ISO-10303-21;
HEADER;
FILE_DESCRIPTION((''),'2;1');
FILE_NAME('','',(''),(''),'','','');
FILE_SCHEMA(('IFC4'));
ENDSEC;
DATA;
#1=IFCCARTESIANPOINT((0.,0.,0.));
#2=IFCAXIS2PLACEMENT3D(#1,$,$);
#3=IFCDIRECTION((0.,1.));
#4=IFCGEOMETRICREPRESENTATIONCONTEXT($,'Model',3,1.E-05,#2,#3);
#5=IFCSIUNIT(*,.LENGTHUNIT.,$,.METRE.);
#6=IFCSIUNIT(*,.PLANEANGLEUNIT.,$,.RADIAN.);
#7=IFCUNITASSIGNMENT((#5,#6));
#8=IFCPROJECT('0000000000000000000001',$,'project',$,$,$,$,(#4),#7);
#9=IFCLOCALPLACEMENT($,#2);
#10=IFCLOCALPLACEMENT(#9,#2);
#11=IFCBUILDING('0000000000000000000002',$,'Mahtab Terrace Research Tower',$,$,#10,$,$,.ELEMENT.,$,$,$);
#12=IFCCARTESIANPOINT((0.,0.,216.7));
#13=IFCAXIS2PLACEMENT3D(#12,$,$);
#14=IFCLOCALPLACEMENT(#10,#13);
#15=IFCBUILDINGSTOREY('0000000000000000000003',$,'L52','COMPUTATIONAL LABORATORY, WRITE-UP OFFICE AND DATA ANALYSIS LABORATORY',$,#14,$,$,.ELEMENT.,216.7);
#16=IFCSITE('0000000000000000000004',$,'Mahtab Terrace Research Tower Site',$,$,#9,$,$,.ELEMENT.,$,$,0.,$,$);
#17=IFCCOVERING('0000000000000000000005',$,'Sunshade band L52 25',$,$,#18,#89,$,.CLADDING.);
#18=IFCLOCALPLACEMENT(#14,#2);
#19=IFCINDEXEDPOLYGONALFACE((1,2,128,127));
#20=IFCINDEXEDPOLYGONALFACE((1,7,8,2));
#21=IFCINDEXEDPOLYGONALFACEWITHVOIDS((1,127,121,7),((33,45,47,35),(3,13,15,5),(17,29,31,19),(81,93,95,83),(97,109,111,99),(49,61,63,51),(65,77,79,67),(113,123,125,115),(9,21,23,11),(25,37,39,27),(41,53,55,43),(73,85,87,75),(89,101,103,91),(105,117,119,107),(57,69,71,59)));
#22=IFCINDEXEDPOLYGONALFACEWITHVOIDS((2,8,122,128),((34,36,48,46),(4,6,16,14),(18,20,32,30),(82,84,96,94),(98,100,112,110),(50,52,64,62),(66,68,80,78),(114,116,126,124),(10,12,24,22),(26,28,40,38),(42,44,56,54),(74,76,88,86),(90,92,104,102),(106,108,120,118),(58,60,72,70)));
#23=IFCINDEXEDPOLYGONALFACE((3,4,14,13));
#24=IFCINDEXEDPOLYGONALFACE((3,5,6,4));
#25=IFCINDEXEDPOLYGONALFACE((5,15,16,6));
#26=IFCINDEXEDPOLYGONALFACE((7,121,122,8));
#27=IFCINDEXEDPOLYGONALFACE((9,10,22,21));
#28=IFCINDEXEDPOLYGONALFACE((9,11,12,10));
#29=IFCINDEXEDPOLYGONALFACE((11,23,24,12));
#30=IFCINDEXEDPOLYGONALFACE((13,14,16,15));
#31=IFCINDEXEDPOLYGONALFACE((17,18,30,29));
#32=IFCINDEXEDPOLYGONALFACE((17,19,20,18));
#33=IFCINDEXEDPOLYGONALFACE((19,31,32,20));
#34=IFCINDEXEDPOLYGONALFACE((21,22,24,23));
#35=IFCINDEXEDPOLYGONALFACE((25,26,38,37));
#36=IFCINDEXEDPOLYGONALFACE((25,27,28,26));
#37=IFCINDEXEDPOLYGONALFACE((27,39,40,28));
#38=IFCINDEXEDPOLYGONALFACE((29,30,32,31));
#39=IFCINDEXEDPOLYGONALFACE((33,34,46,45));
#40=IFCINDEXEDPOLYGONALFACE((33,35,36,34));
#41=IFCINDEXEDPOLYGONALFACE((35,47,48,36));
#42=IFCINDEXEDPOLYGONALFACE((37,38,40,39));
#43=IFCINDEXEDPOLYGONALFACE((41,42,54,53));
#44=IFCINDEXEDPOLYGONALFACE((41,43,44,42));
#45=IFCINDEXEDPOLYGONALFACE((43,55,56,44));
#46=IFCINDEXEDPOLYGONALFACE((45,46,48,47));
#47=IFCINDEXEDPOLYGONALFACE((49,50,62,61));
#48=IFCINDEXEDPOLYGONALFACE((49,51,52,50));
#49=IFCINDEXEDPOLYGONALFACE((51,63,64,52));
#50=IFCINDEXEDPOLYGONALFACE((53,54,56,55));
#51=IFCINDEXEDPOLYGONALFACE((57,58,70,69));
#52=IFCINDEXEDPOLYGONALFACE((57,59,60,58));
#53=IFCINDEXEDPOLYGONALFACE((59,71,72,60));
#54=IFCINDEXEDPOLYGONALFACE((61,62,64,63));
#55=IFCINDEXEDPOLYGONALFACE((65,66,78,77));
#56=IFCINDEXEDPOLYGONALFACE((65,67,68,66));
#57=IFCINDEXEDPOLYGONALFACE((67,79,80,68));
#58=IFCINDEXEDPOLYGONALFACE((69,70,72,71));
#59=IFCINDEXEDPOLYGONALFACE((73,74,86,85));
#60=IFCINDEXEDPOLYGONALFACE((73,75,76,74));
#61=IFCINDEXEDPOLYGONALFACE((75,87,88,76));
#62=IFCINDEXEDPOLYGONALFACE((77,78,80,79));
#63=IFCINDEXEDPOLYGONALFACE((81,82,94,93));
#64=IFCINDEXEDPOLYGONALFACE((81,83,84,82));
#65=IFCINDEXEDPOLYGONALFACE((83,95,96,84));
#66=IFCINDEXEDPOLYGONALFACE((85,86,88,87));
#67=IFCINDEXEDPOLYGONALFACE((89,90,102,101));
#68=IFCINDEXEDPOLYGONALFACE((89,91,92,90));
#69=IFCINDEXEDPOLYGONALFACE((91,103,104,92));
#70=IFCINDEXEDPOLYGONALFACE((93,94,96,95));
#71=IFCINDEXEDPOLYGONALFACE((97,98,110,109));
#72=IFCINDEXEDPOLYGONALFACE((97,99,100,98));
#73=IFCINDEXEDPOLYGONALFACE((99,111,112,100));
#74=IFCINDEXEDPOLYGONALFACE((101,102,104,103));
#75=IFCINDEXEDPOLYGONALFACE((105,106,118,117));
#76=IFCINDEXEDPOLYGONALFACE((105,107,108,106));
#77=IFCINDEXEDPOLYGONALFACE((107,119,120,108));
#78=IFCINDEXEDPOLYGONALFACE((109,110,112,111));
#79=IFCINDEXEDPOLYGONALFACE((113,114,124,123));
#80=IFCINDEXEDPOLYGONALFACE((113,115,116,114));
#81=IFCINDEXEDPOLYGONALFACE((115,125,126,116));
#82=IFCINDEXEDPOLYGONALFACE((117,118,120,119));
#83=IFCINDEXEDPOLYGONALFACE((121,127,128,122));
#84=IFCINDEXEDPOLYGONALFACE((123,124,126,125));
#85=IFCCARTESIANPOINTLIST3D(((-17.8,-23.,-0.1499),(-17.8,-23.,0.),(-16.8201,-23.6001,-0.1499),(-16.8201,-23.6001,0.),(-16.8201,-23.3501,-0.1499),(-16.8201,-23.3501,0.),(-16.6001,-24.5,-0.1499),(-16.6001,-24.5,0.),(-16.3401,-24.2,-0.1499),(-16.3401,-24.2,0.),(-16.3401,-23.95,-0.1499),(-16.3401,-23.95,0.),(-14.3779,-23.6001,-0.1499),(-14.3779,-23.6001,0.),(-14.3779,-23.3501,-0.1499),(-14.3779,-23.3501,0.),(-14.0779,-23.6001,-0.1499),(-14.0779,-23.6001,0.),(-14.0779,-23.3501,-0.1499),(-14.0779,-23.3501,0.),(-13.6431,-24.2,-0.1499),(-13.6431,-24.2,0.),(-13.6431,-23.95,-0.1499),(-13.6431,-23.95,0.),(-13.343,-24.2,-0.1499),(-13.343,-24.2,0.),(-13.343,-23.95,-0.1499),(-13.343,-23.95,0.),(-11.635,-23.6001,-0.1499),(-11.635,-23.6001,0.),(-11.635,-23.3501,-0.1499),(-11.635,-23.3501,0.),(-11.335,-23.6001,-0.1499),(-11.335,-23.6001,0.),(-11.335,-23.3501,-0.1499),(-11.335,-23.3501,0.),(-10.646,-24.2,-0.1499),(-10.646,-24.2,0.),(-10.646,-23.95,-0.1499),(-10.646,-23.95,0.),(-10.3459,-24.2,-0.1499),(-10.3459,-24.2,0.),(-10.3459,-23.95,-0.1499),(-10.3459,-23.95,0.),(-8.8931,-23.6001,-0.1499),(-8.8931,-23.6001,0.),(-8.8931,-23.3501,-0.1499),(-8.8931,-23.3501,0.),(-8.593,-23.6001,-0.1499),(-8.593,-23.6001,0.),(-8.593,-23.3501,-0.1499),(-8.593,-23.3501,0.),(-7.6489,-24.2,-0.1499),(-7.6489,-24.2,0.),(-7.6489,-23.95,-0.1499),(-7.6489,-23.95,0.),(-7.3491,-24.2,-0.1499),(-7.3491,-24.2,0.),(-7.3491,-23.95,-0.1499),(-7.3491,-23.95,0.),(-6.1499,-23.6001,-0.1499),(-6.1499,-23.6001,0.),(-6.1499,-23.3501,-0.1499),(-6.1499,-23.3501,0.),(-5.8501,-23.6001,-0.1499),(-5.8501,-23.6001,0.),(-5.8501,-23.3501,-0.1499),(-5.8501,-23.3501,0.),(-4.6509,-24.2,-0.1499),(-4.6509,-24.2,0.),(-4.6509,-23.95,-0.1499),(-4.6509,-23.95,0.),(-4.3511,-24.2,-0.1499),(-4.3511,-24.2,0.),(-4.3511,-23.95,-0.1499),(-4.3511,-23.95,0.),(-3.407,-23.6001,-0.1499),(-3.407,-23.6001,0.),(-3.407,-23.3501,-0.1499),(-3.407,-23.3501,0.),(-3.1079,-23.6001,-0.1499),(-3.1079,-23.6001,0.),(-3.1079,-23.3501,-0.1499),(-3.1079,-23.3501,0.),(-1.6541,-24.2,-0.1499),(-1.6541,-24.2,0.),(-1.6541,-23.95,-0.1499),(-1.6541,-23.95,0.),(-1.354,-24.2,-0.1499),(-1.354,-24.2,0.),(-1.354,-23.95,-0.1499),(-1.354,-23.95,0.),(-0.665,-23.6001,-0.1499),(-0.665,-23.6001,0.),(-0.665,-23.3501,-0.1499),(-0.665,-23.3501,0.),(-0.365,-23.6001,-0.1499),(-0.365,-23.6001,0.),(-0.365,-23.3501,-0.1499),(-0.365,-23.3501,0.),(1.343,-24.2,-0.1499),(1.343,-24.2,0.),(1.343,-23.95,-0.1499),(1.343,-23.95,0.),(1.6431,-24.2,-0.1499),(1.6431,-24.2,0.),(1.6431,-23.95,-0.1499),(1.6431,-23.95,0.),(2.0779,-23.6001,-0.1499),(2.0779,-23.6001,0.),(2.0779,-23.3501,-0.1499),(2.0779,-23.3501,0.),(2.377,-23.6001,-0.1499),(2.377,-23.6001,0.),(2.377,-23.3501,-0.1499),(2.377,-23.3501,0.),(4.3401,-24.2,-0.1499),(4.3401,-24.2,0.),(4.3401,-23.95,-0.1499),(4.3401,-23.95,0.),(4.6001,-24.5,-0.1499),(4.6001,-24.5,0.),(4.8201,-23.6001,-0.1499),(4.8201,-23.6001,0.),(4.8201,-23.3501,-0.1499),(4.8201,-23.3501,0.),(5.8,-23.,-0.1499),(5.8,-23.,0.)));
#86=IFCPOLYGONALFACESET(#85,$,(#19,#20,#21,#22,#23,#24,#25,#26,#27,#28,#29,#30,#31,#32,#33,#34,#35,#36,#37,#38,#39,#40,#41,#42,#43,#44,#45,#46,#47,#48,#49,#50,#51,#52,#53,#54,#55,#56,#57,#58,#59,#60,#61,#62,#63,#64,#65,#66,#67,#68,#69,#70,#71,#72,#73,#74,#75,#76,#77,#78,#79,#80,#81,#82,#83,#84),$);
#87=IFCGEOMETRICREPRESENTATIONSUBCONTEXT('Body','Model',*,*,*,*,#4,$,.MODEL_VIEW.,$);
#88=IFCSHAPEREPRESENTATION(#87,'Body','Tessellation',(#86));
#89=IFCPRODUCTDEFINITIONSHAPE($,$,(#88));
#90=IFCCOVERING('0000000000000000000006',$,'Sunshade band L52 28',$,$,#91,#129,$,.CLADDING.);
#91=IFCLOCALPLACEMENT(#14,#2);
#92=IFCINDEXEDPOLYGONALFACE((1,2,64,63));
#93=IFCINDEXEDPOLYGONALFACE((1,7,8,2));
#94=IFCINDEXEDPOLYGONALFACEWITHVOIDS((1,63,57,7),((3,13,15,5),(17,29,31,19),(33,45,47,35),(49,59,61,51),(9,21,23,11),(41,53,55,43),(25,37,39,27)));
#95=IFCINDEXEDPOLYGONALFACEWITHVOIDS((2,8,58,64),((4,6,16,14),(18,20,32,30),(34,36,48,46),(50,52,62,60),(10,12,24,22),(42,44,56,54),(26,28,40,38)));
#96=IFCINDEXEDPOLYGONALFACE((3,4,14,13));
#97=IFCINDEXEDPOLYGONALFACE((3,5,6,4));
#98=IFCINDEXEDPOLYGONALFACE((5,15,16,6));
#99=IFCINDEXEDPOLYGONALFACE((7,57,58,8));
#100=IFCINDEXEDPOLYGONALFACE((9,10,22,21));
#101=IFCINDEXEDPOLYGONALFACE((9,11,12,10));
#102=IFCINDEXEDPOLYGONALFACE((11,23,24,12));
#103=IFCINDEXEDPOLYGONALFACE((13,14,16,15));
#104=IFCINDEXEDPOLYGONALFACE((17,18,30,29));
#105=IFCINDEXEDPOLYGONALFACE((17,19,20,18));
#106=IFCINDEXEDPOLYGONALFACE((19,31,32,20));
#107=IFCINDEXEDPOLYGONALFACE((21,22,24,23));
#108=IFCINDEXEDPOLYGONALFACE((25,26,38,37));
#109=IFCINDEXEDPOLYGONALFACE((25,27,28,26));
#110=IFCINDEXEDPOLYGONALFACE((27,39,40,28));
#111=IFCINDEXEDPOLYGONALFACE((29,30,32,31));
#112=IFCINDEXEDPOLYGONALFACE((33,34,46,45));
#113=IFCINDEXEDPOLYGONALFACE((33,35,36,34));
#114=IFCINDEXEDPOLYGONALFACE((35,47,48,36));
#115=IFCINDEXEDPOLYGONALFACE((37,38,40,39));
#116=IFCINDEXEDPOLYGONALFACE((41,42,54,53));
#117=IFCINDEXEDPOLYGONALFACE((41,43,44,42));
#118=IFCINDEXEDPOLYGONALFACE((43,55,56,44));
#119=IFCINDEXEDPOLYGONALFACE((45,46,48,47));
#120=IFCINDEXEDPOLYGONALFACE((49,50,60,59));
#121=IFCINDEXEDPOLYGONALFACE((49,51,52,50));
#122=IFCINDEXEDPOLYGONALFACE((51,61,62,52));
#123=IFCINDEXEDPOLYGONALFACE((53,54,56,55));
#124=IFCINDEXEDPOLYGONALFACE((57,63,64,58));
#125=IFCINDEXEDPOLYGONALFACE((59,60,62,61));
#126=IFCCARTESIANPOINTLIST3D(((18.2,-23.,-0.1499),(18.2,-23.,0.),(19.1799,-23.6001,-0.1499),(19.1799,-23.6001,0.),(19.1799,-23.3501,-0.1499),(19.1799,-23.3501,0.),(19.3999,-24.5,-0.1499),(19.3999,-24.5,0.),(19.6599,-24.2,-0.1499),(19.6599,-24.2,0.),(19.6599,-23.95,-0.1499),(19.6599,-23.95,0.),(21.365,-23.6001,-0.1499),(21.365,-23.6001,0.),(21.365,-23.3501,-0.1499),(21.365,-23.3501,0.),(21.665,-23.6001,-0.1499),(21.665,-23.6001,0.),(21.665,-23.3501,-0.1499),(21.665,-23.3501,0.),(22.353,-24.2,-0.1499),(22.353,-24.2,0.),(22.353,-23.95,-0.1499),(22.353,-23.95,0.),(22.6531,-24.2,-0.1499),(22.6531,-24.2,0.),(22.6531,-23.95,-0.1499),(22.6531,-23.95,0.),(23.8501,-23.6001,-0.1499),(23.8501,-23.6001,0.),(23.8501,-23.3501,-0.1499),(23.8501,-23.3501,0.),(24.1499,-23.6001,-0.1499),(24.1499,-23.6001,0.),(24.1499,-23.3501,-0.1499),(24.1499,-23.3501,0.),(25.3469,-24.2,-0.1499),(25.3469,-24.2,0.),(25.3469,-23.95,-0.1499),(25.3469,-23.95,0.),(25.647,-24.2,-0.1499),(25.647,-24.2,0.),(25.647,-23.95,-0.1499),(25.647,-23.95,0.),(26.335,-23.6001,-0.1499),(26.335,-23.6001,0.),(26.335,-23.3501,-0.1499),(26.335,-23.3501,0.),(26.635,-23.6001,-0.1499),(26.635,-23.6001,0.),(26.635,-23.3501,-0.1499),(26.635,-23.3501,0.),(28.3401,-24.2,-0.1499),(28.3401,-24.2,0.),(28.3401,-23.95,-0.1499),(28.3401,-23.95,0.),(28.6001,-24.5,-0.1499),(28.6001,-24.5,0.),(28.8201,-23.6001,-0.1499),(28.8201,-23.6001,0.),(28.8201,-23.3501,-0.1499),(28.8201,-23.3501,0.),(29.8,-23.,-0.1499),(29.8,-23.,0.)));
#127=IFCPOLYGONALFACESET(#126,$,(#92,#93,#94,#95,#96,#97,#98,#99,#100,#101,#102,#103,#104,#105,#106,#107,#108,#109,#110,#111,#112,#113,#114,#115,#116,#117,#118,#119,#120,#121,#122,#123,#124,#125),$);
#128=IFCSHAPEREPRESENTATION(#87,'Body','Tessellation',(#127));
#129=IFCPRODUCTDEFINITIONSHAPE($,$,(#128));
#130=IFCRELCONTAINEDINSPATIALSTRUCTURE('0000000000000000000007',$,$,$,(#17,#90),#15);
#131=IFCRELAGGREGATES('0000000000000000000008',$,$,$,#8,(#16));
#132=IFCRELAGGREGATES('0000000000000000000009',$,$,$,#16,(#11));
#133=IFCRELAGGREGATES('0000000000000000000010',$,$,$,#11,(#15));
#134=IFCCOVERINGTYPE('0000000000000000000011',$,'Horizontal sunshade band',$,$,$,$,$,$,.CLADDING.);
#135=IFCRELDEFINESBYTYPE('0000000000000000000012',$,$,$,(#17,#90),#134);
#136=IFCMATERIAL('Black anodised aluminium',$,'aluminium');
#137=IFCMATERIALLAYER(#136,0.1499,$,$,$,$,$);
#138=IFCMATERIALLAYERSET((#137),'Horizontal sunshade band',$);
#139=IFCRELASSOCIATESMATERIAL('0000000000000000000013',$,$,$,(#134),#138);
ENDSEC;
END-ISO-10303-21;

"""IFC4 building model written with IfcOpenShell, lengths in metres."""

from ifc_helpers import new_model, si_unit, direction, frame, origin, place, context, subcontext, project, spatial, polyline, outline, extrude, material, layer, layer_set, type_object, element, save


model = new_model("IFC4")

# Units and contexts
model_context = context("Model", 3, precision=1e-05, world=origin(), true_north=direction((0.0, 1.0)))
body_context = subcontext(model_context, "Body", "Model", "MODEL_VIEW")
ifc_project = project(units=[si_unit("LENGTHUNIT", "METRE"), si_unit("PLANEANGLEUNIT", "RADIAN")], contexts=[model_context])

# Site, building, storey
site_placement = place(None, origin())
site = spatial("IfcSite", under=ifc_project, at=site_placement, Name="Mahtab Terrace Research Tower Site", CompositionType="ELEMENT", RefElevation=0.0)
building_placement = place(site_placement, origin())
building = spatial("IfcBuilding", under=site, at=building_placement, Name="Mahtab Terrace Research Tower", CompositionType="ELEMENT")
storey_placement = place(building_placement, frame((0.0, 0.0, 216.7)))
storey = spatial("IfcBuildingStorey", under=building, at=storey_placement, Name="L52", Description="COMPUTATIONAL LABORATORY, WRITE-UP OFFICE AND DATA ANALYSIS LABORATORY", CompositionType="ELEMENT", Elevation=216.7)

# Coverings
ifc_material_1 = material(Name="Black anodised aluminium", Category="aluminium")
ifc_layer_1 = layer(ifc_material_1, 0.1499)
ifc_layer_set_1 = layer_set([ifc_layer_1], Name="Horizontal sunshade band")
covering_type_1 = type_object("IfcCoveringType", Name="Horizontal sunshade band", PredefinedType="CLADDING", material=ifc_layer_set_1)
covering_1_placement = place(storey_placement, frame((0.0, 0.0, -0.1499)))
element("IfcCovering", 1, at=covering_1_placement, inside=storey, type_object=covering_type_1, Name="Sunshade band L52 25", PredefinedType="CLADDING", context=body_context, shape_type="SweptSolid", body=[
    extrude(outline(polyline([(-17.8, -23.0), (5.8, -23.0), (4.6001, -24.5), (-16.6001, -24.5), (-17.8, -23.0)]), holes=[polyline([(-16.8201, -23.3501), (-14.3779, -23.3501), (-14.3779, -23.6001), (-16.8201, -23.6001), (-16.8201, -23.3501)]), polyline([(-14.0779, -23.3501), (-11.635, -23.3501), (-11.635, -23.6001), (-14.0779, -23.6001), (-14.0779, -23.3501)]), polyline([(-11.335, -23.3501), (-8.8931, -23.3501), (-8.8931, -23.6001), (-11.335, -23.6001), (-11.335, -23.3501)]), polyline([(-8.593, -23.3501), (-6.1499, -23.3501), (-6.1499, -23.6001), (-8.593, -23.6001), (-8.593, -23.3501)]), polyline([(-5.8501, -23.3501), (-3.407, -23.3501), (-3.407, -23.6001), (-5.8501, -23.6001), (-5.8501, -23.3501)]), polyline([(-3.1079, -23.3501), (-0.665, -23.3501), (-0.665, -23.6001), (-3.1079, -23.6001), (-3.1079, -23.3501)]), polyline([(-0.365, -23.3501), (2.0779, -23.3501), (2.0779, -23.6001), (-0.365, -23.6001), (-0.365, -23.3501)]), polyline([(2.377, -23.3501), (4.8201, -23.3501), (4.8201, -23.6001), (2.377, -23.6001), (2.377, -23.3501)]), polyline([(-16.3401, -23.95), (-13.6431, -23.95), (-13.6431, -24.2), (-16.3401, -24.2), (-16.3401, -23.95)]), polyline([(-13.343, -23.95), (-10.646, -23.95), (-10.646, -24.2), (-13.343, -24.2), (-13.343, -23.95)]), polyline([(-10.3459, -23.95), (-7.6489, -23.95), (-7.6489, -24.2), (-10.3459, -24.2), (-10.3459, -23.95)]), polyline([(-7.3491, -23.95), (-4.6509, -23.95), (-4.6509, -24.2), (-7.3491, -24.2), (-7.3491, -23.95)]), polyline([(-4.3511, -23.95), (-1.6541, -23.95), (-1.6541, -24.2), (-4.3511, -24.2), (-4.3511, -23.95)]), polyline([(-1.354, -23.95), (1.343, -23.95), (1.343, -24.2), (-1.354, -24.2), (-1.354, -23.95)]), polyline([(1.6431, -23.95), (4.3401, -23.95), (4.3401, -24.2), (1.6431, -24.2), (1.6431, -23.95)])]), origin(), (0.0, 0.0, 1.0), 0.1499),
])
covering_2_placement = place(storey_placement, frame((0.0, 0.0, -0.1499)))
element("IfcCovering", 2, at=covering_2_placement, inside=storey, type_object=covering_type_1, Name="Sunshade band L52 28", PredefinedType="CLADDING", context=body_context, shape_type="SweptSolid", body=[
    extrude(outline(polyline([(18.2, -23.0), (29.8, -23.0), (28.6001, -24.5), (19.3999, -24.5), (18.2, -23.0)]), holes=[polyline([(19.1799, -23.3501), (21.365, -23.3501), (21.365, -23.6001), (19.1799, -23.6001), (19.1799, -23.3501)]), polyline([(21.665, -23.3501), (23.8501, -23.3501), (23.8501, -23.6001), (21.665, -23.6001), (21.665, -23.3501)]), polyline([(24.1499, -23.3501), (26.335, -23.3501), (26.335, -23.6001), (24.1499, -23.6001), (24.1499, -23.3501)]), polyline([(26.635, -23.3501), (28.8201, -23.3501), (28.8201, -23.6001), (26.635, -23.6001), (26.635, -23.3501)]), polyline([(19.6599, -23.95), (22.353, -23.95), (22.353, -24.2), (19.6599, -24.2), (19.6599, -23.95)]), polyline([(22.6531, -23.95), (25.3469, -23.95), (25.3469, -24.2), (22.6531, -24.2), (22.6531, -23.95)]), polyline([(25.647, -23.95), (28.3401, -23.95), (28.3401, -24.2), (25.647, -24.2), (25.647, -23.95)])]), origin(), (0.0, 0.0, 1.0), 0.1499),
])

save(model, "model.ifc")
